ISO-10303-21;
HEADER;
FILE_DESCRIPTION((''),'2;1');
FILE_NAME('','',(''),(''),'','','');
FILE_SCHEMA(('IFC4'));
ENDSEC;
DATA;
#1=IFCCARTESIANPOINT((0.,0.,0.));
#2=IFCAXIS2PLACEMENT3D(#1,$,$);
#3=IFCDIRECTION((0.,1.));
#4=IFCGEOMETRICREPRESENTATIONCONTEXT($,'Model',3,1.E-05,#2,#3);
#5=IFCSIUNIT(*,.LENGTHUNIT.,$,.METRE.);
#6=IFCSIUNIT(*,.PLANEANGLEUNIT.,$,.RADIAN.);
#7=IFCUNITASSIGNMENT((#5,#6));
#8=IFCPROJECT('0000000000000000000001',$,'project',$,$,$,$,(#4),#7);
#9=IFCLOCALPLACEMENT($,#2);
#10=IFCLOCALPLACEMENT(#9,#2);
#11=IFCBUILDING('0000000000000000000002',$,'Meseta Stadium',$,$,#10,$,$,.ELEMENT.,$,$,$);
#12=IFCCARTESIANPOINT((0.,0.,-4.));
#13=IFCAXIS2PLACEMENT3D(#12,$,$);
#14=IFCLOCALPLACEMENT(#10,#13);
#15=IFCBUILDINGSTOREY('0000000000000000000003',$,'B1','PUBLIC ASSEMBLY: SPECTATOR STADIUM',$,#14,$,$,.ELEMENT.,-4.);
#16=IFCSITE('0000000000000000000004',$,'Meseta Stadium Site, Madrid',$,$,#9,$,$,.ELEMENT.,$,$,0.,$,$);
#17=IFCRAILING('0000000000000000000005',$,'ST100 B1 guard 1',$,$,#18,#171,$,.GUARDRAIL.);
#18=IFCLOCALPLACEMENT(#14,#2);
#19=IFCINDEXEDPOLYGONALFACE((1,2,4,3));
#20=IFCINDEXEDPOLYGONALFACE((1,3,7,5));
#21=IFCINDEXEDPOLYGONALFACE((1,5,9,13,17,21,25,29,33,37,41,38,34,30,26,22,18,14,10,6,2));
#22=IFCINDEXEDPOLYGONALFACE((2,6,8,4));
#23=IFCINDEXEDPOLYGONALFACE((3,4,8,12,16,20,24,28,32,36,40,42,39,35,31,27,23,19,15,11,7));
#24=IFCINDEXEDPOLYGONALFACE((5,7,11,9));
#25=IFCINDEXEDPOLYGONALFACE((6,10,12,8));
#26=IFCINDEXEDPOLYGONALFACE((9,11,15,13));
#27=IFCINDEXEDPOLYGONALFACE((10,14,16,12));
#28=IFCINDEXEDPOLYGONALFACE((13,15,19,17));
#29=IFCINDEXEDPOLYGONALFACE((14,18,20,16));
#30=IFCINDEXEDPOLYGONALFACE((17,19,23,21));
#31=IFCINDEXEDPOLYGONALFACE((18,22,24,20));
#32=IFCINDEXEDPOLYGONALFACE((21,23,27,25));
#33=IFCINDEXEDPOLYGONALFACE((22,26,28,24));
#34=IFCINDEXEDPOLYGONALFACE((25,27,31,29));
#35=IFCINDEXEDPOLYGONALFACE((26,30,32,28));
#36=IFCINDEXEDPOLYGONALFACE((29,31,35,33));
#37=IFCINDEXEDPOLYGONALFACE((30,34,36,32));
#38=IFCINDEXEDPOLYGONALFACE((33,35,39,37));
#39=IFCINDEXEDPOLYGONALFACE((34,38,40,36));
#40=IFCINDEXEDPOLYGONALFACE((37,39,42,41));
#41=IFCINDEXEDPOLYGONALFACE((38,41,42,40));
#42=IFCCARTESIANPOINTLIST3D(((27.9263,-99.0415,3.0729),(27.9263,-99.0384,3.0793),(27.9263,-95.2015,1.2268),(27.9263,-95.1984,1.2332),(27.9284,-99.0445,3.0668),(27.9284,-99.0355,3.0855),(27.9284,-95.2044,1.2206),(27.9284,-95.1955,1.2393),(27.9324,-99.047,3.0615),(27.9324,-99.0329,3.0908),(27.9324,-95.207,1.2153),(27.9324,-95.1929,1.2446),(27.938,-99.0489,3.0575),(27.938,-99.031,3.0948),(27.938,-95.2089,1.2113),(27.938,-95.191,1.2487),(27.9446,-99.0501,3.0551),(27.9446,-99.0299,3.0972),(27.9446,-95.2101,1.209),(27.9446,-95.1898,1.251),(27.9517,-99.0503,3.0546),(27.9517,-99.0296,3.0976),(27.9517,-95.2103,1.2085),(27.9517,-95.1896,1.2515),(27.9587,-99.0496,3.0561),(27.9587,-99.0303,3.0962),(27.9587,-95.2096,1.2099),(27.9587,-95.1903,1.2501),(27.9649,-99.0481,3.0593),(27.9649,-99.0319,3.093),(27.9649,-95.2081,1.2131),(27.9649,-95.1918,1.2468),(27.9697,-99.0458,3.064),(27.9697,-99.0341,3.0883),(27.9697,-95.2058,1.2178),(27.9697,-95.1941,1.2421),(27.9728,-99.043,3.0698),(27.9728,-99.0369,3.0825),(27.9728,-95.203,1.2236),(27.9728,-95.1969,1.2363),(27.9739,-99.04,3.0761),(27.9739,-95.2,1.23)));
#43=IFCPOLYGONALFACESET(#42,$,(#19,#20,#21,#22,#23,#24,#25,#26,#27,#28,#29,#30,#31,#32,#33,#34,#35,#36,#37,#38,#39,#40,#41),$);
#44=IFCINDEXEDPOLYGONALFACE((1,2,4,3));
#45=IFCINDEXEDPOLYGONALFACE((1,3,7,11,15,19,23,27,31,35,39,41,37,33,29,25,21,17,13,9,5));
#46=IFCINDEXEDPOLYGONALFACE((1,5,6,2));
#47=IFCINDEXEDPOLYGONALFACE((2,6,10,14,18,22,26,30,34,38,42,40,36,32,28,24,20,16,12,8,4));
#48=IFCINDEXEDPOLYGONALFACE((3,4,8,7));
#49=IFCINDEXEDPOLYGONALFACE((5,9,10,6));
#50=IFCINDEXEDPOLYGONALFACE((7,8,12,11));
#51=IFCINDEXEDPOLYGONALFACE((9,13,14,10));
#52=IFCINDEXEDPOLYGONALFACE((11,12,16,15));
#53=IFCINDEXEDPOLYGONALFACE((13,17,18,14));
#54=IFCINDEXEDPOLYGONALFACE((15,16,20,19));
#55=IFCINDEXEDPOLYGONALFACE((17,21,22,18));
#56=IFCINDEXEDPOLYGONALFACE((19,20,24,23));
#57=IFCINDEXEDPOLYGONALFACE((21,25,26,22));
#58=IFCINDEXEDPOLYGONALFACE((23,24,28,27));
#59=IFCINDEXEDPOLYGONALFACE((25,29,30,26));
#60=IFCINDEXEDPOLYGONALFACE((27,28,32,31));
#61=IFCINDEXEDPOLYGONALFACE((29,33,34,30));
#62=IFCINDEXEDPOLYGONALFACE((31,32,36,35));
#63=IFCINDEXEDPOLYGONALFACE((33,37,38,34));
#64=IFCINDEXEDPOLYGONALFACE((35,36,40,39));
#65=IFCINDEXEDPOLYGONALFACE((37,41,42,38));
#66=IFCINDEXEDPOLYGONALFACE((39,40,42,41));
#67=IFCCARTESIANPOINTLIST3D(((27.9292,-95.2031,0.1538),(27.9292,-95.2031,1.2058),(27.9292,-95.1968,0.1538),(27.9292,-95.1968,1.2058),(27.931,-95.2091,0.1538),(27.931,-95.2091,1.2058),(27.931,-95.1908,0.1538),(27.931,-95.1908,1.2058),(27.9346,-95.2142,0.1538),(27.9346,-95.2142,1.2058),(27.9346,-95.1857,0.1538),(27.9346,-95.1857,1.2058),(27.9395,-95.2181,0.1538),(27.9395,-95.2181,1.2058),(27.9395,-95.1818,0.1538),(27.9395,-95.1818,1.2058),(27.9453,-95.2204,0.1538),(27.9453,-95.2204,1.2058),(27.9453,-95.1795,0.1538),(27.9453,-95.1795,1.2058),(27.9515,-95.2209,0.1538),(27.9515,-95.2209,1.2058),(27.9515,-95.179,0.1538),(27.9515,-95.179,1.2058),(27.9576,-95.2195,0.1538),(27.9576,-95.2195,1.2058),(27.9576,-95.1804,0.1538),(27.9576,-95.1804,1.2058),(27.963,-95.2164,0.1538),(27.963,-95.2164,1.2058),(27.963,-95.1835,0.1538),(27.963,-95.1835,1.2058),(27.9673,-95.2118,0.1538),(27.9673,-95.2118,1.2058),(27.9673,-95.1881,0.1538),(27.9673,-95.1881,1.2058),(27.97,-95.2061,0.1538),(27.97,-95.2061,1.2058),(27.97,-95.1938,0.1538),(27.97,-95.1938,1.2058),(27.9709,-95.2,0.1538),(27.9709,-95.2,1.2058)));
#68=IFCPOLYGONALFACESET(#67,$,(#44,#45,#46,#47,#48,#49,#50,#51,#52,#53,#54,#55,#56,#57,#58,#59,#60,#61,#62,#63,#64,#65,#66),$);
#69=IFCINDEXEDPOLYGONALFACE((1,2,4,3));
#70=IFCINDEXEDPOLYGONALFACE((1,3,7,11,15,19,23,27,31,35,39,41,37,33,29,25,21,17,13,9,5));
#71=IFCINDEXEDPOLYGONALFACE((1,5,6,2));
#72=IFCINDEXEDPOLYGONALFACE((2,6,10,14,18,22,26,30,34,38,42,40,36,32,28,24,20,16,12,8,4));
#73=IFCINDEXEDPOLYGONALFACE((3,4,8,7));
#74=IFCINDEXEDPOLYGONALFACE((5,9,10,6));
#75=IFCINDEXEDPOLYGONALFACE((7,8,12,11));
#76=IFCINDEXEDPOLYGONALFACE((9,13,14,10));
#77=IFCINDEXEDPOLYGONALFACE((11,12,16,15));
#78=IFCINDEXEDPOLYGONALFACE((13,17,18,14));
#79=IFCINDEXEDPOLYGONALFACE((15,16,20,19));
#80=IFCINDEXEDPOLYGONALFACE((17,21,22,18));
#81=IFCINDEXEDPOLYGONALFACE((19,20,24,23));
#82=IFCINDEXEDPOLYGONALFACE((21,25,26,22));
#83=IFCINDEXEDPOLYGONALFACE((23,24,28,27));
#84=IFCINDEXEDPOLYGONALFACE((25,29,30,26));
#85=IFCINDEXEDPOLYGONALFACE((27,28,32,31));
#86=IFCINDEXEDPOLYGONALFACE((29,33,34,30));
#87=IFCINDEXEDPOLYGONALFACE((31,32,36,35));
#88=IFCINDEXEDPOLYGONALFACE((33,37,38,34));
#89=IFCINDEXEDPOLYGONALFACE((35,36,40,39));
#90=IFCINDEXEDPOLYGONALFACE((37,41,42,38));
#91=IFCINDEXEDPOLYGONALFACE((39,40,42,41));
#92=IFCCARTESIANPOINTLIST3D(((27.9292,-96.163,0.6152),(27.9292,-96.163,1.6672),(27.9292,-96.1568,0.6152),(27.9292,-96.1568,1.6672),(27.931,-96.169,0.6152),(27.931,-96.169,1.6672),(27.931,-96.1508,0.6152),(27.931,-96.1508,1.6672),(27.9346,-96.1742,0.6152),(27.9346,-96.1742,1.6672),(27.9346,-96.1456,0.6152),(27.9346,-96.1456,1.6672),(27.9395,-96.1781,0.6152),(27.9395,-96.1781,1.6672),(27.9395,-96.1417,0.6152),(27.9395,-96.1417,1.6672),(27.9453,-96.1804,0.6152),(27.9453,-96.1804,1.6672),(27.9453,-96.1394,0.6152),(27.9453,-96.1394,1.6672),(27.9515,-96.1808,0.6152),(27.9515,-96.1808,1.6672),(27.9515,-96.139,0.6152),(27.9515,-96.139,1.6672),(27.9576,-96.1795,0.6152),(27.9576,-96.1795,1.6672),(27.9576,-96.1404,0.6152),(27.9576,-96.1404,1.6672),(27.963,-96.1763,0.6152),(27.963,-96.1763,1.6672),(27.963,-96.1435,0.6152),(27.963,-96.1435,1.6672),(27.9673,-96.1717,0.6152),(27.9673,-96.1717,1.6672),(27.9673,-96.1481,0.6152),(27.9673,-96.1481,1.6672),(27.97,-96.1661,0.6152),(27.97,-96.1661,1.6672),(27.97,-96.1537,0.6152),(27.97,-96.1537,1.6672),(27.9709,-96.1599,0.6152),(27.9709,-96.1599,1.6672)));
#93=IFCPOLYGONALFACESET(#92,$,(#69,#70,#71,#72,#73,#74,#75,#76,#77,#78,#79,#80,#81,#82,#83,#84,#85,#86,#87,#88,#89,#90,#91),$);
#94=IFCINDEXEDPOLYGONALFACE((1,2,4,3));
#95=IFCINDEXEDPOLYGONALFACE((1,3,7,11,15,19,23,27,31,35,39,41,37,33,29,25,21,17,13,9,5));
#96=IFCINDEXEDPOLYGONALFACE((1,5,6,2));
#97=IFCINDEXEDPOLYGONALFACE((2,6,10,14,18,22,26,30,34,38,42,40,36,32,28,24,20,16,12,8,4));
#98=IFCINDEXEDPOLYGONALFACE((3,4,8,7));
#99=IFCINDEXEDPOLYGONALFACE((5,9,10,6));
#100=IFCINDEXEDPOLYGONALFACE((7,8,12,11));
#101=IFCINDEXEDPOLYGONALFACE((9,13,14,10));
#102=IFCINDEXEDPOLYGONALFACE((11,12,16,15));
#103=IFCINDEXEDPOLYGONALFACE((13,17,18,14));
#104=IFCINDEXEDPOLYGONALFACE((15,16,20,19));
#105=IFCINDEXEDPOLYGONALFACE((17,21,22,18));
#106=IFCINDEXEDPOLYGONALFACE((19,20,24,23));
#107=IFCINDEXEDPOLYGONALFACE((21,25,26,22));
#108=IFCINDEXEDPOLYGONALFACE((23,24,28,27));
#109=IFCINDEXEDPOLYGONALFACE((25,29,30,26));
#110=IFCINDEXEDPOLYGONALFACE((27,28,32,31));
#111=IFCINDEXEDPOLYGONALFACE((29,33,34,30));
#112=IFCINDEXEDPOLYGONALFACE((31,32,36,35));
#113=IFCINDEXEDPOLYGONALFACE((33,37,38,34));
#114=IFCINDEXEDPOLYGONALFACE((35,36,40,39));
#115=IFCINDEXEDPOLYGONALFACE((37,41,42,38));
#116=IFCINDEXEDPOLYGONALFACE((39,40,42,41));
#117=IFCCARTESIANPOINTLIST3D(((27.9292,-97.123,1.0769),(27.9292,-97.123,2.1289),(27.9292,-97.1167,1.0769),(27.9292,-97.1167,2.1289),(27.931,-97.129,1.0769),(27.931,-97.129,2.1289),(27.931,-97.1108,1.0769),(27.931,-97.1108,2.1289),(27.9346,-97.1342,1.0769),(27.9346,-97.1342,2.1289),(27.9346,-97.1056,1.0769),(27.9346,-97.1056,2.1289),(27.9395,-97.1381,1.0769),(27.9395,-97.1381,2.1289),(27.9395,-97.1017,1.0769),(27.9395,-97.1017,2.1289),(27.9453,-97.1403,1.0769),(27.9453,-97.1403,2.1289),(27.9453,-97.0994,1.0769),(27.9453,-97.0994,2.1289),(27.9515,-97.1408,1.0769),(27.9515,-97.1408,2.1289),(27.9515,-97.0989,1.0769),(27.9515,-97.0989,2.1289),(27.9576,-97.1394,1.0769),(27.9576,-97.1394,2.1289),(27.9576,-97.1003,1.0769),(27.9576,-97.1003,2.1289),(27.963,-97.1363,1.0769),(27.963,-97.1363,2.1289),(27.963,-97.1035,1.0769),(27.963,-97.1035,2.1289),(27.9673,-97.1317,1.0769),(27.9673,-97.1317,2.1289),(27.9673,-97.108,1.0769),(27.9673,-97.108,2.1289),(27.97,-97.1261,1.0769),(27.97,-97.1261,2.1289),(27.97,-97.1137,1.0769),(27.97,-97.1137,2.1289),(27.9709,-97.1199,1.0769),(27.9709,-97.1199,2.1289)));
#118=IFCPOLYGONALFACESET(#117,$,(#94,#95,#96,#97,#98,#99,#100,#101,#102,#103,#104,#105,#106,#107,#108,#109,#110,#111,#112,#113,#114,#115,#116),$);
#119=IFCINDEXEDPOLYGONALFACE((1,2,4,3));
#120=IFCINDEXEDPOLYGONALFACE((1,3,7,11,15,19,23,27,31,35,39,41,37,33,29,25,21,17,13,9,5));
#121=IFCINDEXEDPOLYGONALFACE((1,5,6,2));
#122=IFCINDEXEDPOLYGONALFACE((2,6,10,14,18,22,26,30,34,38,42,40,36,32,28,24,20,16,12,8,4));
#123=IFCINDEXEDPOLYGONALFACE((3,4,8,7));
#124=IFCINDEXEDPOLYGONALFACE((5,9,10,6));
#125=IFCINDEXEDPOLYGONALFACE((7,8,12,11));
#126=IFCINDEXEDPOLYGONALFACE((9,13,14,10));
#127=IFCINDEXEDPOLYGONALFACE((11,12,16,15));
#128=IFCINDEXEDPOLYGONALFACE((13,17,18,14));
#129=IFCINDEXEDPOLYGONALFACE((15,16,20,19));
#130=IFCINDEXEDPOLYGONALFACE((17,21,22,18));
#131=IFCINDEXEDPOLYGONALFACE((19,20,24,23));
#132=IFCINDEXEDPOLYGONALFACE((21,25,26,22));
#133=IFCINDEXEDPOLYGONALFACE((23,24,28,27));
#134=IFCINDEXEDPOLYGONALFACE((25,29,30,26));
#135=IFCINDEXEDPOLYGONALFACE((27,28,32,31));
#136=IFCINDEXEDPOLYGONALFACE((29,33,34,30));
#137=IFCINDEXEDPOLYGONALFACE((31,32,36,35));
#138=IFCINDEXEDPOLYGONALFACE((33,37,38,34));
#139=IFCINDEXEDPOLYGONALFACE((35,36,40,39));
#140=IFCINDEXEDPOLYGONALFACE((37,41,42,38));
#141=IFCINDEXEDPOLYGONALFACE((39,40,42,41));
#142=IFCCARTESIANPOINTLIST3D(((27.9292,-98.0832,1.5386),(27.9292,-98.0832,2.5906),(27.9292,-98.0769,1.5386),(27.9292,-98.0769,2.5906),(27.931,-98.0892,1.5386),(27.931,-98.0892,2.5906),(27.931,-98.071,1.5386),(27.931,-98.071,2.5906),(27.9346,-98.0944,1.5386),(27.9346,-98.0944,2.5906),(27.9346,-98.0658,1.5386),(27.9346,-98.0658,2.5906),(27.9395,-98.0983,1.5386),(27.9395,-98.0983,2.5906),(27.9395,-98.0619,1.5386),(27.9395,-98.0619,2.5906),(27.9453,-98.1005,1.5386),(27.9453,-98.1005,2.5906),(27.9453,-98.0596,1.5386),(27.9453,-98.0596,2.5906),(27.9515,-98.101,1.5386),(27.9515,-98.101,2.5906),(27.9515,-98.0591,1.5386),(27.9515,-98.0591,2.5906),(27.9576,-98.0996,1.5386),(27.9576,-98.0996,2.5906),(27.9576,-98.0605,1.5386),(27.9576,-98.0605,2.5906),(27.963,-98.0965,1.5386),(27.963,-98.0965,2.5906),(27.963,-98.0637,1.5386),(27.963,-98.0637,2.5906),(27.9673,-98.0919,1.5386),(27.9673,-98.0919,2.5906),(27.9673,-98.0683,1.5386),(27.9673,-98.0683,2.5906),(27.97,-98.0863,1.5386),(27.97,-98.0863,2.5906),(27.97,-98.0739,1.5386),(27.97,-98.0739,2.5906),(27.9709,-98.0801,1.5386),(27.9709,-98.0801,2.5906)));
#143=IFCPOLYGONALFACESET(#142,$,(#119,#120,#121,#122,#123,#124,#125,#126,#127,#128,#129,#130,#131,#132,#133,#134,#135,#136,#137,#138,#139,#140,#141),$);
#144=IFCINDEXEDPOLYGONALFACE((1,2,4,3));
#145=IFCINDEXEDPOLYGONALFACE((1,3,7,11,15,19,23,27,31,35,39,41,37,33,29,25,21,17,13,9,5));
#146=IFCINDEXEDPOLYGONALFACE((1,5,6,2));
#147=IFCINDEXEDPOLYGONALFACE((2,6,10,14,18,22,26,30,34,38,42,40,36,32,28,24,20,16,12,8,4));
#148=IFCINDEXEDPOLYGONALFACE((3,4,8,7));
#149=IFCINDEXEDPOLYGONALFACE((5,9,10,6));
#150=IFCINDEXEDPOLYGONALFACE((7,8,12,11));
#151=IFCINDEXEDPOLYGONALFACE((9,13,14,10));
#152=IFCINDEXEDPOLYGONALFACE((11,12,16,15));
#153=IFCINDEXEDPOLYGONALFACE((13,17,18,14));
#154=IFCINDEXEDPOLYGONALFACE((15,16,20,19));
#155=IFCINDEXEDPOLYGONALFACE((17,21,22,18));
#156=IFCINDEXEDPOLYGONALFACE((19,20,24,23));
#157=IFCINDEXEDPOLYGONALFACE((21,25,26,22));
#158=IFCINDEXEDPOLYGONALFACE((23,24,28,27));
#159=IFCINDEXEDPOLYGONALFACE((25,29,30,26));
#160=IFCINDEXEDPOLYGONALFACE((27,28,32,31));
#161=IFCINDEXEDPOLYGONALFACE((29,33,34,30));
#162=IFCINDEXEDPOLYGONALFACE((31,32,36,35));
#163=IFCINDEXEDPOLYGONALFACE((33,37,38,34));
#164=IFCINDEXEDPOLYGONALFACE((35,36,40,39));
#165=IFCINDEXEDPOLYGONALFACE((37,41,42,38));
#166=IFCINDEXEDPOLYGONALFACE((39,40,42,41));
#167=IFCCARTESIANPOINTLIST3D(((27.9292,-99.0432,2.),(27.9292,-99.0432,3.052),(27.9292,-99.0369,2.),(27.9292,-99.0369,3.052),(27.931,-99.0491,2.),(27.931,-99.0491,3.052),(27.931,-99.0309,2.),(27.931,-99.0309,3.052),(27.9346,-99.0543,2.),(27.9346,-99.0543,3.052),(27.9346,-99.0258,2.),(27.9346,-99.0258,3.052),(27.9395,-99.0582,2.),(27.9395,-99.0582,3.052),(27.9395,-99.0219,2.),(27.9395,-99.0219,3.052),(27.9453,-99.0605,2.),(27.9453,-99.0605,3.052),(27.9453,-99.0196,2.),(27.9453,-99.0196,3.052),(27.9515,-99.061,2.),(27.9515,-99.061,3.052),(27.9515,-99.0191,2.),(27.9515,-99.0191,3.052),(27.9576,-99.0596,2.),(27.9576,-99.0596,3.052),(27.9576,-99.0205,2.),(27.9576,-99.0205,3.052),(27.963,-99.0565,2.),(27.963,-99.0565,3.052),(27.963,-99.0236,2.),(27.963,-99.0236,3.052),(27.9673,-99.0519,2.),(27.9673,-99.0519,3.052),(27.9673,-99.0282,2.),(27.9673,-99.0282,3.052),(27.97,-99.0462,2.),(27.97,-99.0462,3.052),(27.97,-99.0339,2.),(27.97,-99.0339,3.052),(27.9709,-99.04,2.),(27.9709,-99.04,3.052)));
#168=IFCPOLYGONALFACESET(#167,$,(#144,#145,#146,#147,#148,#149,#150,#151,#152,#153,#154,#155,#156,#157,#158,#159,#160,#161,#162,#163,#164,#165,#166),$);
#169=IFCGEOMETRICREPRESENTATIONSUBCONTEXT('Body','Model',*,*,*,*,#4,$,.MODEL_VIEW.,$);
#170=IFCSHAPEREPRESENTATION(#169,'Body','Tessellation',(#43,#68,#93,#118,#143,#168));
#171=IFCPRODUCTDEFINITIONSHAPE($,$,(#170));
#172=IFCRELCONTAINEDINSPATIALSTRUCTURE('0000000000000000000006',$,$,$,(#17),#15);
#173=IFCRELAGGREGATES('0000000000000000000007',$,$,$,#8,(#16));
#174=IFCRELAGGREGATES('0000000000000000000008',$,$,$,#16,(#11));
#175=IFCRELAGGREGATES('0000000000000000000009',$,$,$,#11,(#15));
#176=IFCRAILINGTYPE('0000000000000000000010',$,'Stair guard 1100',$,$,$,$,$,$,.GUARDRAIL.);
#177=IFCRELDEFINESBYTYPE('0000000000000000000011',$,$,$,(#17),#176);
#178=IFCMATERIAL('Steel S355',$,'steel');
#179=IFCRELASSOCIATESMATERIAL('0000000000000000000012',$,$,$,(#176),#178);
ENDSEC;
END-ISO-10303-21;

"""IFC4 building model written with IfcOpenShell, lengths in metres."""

from ifc_helpers import new_model, si_unit, direction, frame, origin, origin_2d, place, context, subcontext, project, spatial, circle, extrude, material, type_object, element, save


model = new_model("IFC4")

# Units and contexts
model_context = context("Model", 3, precision=1e-05, world=origin(), true_north=direction((0.0, 1.0)))
body_context = subcontext(model_context, "Body", "Model", "MODEL_VIEW")
ifc_project = project(units=[si_unit("LENGTHUNIT", "METRE"), si_unit("PLANEANGLEUNIT", "RADIAN")], contexts=[model_context])

# Site, building, storey
site_placement = place(None, origin())
site = spatial("IfcSite", under=ifc_project, at=site_placement, Name="Meseta Stadium Site, Madrid", CompositionType="ELEMENT", RefElevation=0.0)
building_placement = place(site_placement, origin())
building = spatial("IfcBuilding", under=site, at=building_placement, Name="Meseta Stadium", CompositionType="ELEMENT")
storey_placement = place(building_placement, frame((0.0, 0.0, -4.0)))
storey = spatial("IfcBuildingStorey", under=building, at=storey_placement, Name="B1", Description="PUBLIC ASSEMBLY: SPECTATOR STADIUM", CompositionType="ELEMENT", Elevation=-4.0)

# Railing
ifc_material_1 = material(Name="Steel S355", Category="steel")
railing_type_1 = type_object("IfcRailingType", Name="Stair guard 1100", PredefinedType="GUARDRAIL", material=ifc_material_1)
railing_1_placement = place(storey_placement, frame((27.95, -95.2, 0.1538)))
element("IfcRailing", 1, at=railing_1_placement, inside=storey, type_object=railing_type_1, Name="ST100 B1 guard 1", PredefinedType="GUARDRAIL", context=body_context, shape_type="SweptSolid", body=[
    extrude(circle(Radius=0.0239, at=origin_2d()), frame((0.0, 0.0, 1.0762), z_axis=(0.0, -0.901253, 0.433294), x_axis=(1.0, 0.0, 0.0)), (0.0, 0.0, 1.0), 4.2607),
    extrude(circle(Radius=0.021, at=origin_2d()), origin(), (0.0, 0.0, 1.0), 1.052),
    extrude(circle(Radius=0.021, at=origin_2d()), frame((0.0, -0.96, 0.4614)), (0.0, 0.0, 1.0), 1.052),
    extrude(circle(Radius=0.021, at=origin_2d()), frame((0.0, -1.9199, 0.9231)), (0.0, 0.0, 1.0), 1.052),
    extrude(circle(Radius=0.021, at=origin_2d()), frame((0.0, -2.8801, 1.3848)), (0.0, 0.0, 1.0), 1.052),
    extrude(circle(Radius=0.021, at=origin_2d()), frame((0.0, -3.8401, 1.8462)), (0.0, 0.0, 1.0), 1.052),
])

save(model, "model.ifc")
